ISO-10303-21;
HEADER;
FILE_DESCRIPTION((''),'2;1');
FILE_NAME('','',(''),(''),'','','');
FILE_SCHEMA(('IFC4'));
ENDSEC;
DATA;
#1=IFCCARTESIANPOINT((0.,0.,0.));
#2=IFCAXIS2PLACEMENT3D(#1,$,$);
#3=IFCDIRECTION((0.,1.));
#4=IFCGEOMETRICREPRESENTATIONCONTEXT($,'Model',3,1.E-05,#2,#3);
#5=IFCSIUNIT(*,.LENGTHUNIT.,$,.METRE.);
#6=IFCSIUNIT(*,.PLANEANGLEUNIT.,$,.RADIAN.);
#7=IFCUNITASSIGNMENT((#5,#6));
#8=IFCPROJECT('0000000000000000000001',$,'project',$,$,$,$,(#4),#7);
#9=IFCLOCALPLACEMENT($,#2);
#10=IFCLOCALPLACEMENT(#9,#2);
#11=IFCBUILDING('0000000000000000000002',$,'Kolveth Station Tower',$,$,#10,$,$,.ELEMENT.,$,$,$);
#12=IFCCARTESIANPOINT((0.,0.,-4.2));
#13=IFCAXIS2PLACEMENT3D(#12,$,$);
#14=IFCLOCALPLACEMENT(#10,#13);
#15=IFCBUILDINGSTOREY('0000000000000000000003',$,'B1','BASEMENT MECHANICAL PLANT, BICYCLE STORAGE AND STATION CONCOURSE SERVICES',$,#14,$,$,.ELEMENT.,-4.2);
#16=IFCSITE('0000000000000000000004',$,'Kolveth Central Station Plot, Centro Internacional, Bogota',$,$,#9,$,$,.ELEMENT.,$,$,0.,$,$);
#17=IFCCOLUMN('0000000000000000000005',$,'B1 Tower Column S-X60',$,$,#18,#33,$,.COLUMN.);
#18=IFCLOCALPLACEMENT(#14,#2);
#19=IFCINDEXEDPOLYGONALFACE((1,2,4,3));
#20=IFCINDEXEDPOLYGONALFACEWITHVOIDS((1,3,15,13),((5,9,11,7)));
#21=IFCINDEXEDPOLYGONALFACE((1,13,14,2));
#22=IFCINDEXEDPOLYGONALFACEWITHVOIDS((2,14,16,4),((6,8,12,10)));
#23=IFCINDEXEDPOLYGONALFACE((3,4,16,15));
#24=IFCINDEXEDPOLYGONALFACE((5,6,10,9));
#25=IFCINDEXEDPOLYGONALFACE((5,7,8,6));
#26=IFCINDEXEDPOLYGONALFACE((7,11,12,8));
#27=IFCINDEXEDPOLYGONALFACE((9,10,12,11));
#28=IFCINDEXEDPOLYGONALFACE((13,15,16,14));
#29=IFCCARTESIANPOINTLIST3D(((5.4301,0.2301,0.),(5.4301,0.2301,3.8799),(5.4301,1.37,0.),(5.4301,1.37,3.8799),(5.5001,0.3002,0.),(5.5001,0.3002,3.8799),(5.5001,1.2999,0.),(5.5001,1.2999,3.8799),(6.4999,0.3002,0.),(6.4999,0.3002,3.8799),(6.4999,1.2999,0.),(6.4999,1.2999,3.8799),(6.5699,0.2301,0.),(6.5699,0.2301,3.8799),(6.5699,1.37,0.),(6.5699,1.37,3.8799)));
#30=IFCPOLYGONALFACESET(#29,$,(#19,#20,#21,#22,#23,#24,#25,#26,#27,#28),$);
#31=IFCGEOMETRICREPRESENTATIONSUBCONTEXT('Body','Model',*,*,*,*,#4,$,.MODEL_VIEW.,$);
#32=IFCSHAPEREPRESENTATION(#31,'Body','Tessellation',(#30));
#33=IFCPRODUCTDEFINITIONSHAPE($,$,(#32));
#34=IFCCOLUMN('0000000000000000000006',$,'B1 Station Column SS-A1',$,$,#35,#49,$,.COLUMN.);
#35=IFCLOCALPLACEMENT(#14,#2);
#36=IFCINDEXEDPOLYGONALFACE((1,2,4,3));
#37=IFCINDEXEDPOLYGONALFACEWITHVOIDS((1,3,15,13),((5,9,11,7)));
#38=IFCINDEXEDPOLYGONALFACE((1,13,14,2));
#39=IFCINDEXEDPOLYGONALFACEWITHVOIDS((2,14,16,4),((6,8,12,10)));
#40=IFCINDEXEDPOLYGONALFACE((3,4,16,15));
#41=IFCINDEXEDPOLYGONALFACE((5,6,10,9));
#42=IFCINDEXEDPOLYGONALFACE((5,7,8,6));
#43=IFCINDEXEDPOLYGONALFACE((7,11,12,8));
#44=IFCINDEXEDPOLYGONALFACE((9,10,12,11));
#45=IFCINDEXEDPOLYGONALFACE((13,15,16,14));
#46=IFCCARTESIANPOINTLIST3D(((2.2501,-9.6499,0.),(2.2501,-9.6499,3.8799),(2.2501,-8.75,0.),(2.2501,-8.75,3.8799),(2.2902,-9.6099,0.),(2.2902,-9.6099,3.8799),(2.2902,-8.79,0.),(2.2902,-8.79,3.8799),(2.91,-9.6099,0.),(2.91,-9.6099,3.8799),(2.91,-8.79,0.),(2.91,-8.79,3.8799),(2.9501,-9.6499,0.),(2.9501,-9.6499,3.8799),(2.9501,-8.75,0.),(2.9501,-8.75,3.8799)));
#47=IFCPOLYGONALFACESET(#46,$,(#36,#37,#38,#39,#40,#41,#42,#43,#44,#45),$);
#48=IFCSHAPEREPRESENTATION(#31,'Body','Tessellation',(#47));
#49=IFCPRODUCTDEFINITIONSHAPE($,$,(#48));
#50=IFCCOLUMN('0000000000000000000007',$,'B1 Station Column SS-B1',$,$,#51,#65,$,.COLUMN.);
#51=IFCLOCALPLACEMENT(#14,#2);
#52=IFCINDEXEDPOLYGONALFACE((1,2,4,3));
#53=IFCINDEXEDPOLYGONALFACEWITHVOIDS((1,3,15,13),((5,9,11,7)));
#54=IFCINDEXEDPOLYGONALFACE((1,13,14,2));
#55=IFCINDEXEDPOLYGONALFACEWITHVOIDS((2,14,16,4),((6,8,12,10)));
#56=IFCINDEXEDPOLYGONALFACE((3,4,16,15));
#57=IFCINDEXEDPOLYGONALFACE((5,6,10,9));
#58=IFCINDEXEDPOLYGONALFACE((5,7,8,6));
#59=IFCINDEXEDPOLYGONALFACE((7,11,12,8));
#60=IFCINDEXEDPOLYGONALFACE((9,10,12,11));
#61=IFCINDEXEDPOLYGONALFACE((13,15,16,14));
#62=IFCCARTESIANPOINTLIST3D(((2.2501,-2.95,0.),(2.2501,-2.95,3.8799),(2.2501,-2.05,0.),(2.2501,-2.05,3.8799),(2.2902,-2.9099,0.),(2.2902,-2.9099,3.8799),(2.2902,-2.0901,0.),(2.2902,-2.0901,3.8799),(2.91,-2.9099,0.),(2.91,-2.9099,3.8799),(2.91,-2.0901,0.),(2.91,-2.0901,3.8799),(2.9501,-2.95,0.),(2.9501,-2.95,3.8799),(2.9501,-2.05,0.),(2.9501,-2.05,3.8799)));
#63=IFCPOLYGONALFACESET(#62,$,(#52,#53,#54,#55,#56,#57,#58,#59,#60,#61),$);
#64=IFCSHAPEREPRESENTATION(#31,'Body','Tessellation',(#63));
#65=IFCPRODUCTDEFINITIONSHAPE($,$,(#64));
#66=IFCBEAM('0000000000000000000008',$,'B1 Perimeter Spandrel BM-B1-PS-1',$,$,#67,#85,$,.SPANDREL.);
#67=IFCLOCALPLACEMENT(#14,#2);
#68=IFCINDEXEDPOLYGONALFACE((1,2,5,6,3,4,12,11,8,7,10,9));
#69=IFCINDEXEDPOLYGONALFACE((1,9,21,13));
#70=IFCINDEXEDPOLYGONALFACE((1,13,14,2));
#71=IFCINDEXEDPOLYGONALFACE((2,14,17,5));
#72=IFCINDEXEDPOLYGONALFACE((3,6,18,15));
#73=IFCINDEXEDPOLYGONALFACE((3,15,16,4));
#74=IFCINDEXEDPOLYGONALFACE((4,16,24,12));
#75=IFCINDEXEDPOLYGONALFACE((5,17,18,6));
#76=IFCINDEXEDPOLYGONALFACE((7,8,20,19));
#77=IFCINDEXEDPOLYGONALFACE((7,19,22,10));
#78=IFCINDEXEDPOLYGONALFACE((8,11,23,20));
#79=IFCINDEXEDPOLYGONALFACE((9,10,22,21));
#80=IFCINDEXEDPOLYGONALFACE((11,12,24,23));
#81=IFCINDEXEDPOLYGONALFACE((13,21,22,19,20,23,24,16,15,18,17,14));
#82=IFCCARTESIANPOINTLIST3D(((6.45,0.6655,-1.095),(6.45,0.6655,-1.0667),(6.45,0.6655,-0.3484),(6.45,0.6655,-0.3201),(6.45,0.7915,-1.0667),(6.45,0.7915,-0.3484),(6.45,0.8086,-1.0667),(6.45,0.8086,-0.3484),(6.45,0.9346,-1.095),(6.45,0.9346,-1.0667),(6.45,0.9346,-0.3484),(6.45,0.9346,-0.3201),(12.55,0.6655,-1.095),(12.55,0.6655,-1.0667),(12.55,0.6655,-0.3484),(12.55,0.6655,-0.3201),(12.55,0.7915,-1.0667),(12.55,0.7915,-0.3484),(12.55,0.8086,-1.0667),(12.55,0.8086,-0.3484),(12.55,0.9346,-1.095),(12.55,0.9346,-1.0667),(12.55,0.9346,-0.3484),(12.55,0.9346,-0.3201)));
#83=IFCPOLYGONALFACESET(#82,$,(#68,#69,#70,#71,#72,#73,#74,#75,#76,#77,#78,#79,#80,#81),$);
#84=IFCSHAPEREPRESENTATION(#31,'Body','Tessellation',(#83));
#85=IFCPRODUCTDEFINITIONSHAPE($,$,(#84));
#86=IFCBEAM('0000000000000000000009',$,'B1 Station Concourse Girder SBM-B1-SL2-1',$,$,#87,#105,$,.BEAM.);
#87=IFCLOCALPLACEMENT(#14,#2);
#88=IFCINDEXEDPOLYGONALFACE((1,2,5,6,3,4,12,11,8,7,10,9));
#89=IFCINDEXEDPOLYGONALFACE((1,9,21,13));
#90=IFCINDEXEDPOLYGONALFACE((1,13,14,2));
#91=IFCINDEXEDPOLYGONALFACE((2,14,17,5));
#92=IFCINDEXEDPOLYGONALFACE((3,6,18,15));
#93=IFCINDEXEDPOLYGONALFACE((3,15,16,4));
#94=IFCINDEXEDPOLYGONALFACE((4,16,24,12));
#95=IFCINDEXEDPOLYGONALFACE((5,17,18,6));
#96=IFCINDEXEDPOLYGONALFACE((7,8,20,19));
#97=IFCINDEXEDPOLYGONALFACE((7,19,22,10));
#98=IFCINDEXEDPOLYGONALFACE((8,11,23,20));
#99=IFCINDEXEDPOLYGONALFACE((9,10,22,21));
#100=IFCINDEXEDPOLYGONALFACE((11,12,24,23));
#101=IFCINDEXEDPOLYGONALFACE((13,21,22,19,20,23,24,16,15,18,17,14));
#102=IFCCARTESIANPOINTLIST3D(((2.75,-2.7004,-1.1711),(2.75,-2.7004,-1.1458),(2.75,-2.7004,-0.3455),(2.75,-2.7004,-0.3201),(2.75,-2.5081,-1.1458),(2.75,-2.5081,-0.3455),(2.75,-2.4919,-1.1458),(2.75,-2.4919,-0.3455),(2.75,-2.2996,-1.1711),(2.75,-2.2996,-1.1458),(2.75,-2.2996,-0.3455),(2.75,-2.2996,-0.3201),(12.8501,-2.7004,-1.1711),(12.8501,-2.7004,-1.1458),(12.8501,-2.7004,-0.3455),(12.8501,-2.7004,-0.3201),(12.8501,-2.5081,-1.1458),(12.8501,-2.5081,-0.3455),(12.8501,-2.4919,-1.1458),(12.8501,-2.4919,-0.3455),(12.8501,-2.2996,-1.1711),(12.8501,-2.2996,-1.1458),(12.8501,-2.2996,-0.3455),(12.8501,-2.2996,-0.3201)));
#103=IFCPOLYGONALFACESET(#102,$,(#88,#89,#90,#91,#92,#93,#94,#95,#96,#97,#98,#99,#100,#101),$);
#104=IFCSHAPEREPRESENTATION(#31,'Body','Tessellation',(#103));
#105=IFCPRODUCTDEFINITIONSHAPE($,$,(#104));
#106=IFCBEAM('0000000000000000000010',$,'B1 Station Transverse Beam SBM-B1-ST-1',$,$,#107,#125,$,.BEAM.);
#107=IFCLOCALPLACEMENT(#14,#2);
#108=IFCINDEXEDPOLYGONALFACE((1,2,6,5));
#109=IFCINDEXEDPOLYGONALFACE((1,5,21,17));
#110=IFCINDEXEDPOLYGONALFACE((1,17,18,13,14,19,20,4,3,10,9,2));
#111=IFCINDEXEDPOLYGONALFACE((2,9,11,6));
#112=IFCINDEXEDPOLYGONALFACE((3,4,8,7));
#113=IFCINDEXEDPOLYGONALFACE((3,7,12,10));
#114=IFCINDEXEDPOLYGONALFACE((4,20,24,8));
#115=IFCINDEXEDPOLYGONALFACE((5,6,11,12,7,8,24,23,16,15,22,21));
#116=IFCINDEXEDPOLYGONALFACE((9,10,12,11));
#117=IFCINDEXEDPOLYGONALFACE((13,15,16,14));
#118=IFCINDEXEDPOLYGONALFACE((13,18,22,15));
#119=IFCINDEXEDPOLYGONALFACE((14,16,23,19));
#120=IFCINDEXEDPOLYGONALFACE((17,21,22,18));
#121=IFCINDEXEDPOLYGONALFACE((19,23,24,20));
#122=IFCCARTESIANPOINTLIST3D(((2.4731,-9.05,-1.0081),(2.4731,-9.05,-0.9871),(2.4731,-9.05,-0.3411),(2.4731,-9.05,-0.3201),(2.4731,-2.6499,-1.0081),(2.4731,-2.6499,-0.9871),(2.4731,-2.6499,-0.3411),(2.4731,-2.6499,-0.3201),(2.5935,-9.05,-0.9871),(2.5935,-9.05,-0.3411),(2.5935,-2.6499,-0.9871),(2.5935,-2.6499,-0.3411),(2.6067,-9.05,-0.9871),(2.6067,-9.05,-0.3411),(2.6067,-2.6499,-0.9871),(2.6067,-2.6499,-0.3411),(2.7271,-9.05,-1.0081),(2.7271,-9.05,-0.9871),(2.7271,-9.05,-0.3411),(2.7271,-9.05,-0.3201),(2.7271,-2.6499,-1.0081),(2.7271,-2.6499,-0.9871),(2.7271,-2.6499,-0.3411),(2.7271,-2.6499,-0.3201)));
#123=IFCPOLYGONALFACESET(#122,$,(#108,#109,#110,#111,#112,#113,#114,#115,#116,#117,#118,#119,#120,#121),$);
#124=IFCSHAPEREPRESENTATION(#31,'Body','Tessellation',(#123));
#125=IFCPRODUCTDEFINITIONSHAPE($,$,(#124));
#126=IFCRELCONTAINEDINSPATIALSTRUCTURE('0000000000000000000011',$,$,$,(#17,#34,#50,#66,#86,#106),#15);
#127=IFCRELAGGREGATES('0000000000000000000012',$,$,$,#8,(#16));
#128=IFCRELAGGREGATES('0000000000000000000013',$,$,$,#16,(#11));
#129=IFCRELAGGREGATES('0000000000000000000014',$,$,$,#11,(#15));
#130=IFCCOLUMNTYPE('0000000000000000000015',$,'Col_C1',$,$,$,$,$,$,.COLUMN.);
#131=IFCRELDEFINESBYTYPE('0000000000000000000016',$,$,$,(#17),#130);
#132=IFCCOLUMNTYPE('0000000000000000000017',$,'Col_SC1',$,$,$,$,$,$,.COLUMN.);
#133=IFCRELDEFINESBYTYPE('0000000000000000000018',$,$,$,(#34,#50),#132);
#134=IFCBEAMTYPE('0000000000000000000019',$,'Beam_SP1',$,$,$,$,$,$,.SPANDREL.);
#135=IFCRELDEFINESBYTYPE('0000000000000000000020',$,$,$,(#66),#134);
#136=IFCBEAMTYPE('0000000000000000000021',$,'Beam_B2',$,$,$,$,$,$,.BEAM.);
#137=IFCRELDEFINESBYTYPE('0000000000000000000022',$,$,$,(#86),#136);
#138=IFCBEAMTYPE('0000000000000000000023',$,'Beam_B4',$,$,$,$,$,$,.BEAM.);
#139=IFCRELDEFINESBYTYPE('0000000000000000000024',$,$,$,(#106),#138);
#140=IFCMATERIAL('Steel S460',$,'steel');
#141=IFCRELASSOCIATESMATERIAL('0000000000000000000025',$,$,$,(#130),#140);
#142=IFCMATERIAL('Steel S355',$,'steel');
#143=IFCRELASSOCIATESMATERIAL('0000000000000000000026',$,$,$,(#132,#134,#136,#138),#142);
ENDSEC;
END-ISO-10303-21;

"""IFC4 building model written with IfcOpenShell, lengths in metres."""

from ifc_helpers import new_model, si_unit, direction, frame, origin, origin_2d, place, context, subcontext, project, spatial, hollow_rectangle, i_section, extrude, source, transform, mapped, material, material_profile, profile_set, type_object, element, save


model = new_model("IFC4")

# Units and contexts
model_context = context("Model", 3, precision=1e-05, world=origin(), true_north=direction((0.0, 1.0)))
body_context = subcontext(model_context, "Body", "Model", "MODEL_VIEW")
ifc_project = project(units=[si_unit("LENGTHUNIT", "METRE"), si_unit("PLANEANGLEUNIT", "RADIAN")], contexts=[model_context])

# Site, building, storey
site_placement = place(None, origin())
site = spatial("IfcSite", under=ifc_project, at=site_placement, Name="Kolveth Central Station Plot, Centro Internacional, Bogota", CompositionType="ELEMENT", RefElevation=0.0)
building_placement = place(site_placement, origin())
building = spatial("IfcBuilding", under=site, at=building_placement, Name="Kolveth Station Tower", CompositionType="ELEMENT")
storey_placement = place(building_placement, frame((0.0, 0.0, -4.2)))
storey = spatial("IfcBuildingStorey", under=building, at=storey_placement, Name="B1", Description="BASEMENT MECHANICAL PLANT, BICYCLE STORAGE AND STATION CONCOURSE SERVICES", CompositionType="ELEMENT", Elevation=-4.2)

# Columns
ifc_material_1 = material(Name="Steel S460", Category="steel")
ifc_material_profile_1 = material_profile(ifc_material_1, hollow_rectangle(XDim=1.1399, YDim=1.1399, WallThickness=0.0701, at=origin_2d()), Name="BOX1140x1140x70")
ifc_profile_set_1 = profile_set([ifc_material_profile_1], Name="Steel S460")
column_type_1 = type_object("IfcColumnType", Name="Col_C1", PredefinedType="COLUMN", material=ifc_profile_set_1)
shared_shape_1 = source(origin(), body_context, "Body", "SweptSolid", [
    extrude(hollow_rectangle(XDim=1.1399, YDim=1.1399, WallThickness=0.0701, at=origin_2d()), origin(), (0.0, 0.0, 1.0), 3.8799),
])
column_placement = place(storey_placement, frame((6.0, 0.8, 0.0), z_axis=(0.0, 0.0, 1.0), x_axis=(1.0, 0.0, 0.0)))
element("IfcColumn", 1, at=column_placement, inside=storey, type_object=column_type_1, Name="B1 Tower Column S-X60", PredefinedType="COLUMN", context=body_context, shape_type="MappedRepresentation", body=[
    mapped(shared_shape_1, transform((0.0, 0.0, 0.0), x_axis=(1.0, 0.0, 0.0), y_axis=(0.0, 1.0, 0.0), z_axis=(0.0, 0.0, 1.0), scale=1.0)),
])
ifc_material_2 = material(Name="Steel S355", Category="steel")
ifc_material_profile_2 = material_profile(ifc_material_2, hollow_rectangle(XDim=0.7, YDim=0.8999, WallThickness=0.04, at=origin_2d()), Name="BOX900x700x40")
ifc_profile_set_2 = profile_set([ifc_material_profile_2], Name="Steel S355")
column_type_2 = type_object("IfcColumnType", Name="Col_SC1", PredefinedType="COLUMN", material=ifc_profile_set_2)
shared_shape_2 = source(origin(), body_context, "Body", "SweptSolid", [
    extrude(hollow_rectangle(XDim=0.7, YDim=0.8999, WallThickness=0.04, at=origin_2d()), origin(), (0.0, 0.0, 1.0), 3.8799),
])
for number, where, z_axis, x_axis, name in (
    (2, (2.6001, -9.2, 0.0), (0.0, 0.0, 1.0), (1.0, 0.0, 0.0), "B1 Station Column SS-A1"),
    (3, (2.6001, -2.5, 0.0), (0.0, 0.0, 1.0), (1.0, 0.0, 0.0), "B1 Station Column SS-B1"),
):
    element("IfcColumn", number, at=place(storey_placement, frame(where, z_axis=z_axis, x_axis=x_axis)), inside=storey, type_object=column_type_2, Name=name, PredefinedType="COLUMN", context=body_context, shape_type="MappedRepresentation", body=[
        mapped(shared_shape_2, transform((0.0, 0.0, 0.0), x_axis=(1.0, 0.0, 0.0), y_axis=(0.0, 1.0, 0.0), z_axis=(0.0, 0.0, 1.0), scale=1.0)),
    ])

# Beams
ifc_material_profile_3 = material_profile(ifc_material_2, i_section(OverallWidth=0.269, OverallDepth=0.7749, WebThickness=0.0171, FlangeThickness=0.0283, at=origin_2d()), Name="W760x220")
ifc_profile_set_3 = profile_set([ifc_material_profile_3], Name="Steel S355")
beam_type_1 = type_object("IfcBeamType", Name="Beam_SP1", PredefinedType="SPANDREL", material=ifc_profile_set_3)
shared_shape_3 = source(origin(), body_context, "Body", "SweptSolid", [
    extrude(i_section(OverallWidth=0.269, OverallDepth=0.7749, WebThickness=0.0171, FlangeThickness=0.0283, at=origin_2d()), origin(), (0.0, 0.0, 1.0), 6.1001),
])
beam_1_placement = place(storey_placement, frame((6.45, 0.8, -0.7075), z_axis=(1.0, 0.0, 0.0), x_axis=(0.0, 1.0, 0.0)))
element("IfcBeam", 4, at=beam_1_placement, inside=storey, type_object=beam_type_1, Name="B1 Perimeter Spandrel BM-B1-PS-1", PredefinedType="SPANDREL", context=body_context, shape_type="MappedRepresentation", body=[
    mapped(shared_shape_3, transform((0.0, 0.0, 0.0), x_axis=(1.0, 0.0, 0.0), y_axis=(0.0, 1.0, 0.0), z_axis=(0.0, 0.0, 1.0), scale=1.0)),
])
ifc_material_profile_4 = material_profile(ifc_material_2, i_section(OverallWidth=0.4009, OverallDepth=0.8511, WebThickness=0.0161, FlangeThickness=0.0254, at=origin_2d()), Name="W840x226")
ifc_profile_set_4 = profile_set([ifc_material_profile_4], Name="Steel S355")
beam_type_2 = type_object("IfcBeamType", Name="Beam_B2", PredefinedType="BEAM", material=ifc_profile_set_4)
shared_shape_4 = source(origin(), body_context, "Body", "SweptSolid", [
    extrude(i_section(OverallWidth=0.4009, OverallDepth=0.8511, WebThickness=0.0161, FlangeThickness=0.0254, at=origin_2d()), origin(), (0.0, 0.0, 1.0), 10.1001),
])
beam_2_placement = place(storey_placement, frame((2.75, -2.5, -0.7456), z_axis=(1.0, 0.0, 0.0), x_axis=(0.0, 1.0, 0.0)))
element("IfcBeam", 5, at=beam_2_placement, inside=storey, type_object=beam_type_2, Name="B1 Station Concourse Girder SBM-B1-SL2-1", PredefinedType="BEAM", context=body_context, shape_type="MappedRepresentation", body=[
    mapped(shared_shape_4, transform((0.0, 0.0, 0.0), x_axis=(1.0, 0.0, 0.0), y_axis=(0.0, 1.0, 0.0), z_axis=(0.0, 0.0, 1.0), scale=1.0)),
])
ifc_material_profile_5 = material_profile(ifc_material_2, i_section(OverallWidth=0.2539, OverallDepth=0.688, WebThickness=0.0132, FlangeThickness=0.021, at=origin_2d()), Name="W690x152")
ifc_profile_set_5 = profile_set([ifc_material_profile_5], Name="Steel S355")
beam_type_3 = type_object("IfcBeamType", Name="Beam_B4", PredefinedType="BEAM", material=ifc_profile_set_5)
shared_shape_5 = source(origin(), body_context, "Body", "SweptSolid", [
    extrude(i_section(OverallWidth=0.2539, OverallDepth=0.688, WebThickness=0.0132, FlangeThickness=0.021, at=origin_2d()), origin(), (0.0, 0.0, 1.0), 6.4001),
])
beam_3_placement = place(storey_placement, frame((2.6001, -9.05, -0.6641), z_axis=(0.0, 1.0, 0.0), x_axis=(-1.0, 0.0, 0.0)))
element("IfcBeam", 6, at=beam_3_placement, inside=storey, type_object=beam_type_3, Name="B1 Station Transverse Beam SBM-B1-ST-1", PredefinedType="BEAM", context=body_context, shape_type="MappedRepresentation", body=[
    mapped(shared_shape_5, transform((0.0, 0.0, 0.0), x_axis=(1.0, 0.0, 0.0), y_axis=(0.0, 1.0, 0.0), z_axis=(0.0, 0.0, 1.0), scale=1.0)),
])

save(model, "model.ifc")
